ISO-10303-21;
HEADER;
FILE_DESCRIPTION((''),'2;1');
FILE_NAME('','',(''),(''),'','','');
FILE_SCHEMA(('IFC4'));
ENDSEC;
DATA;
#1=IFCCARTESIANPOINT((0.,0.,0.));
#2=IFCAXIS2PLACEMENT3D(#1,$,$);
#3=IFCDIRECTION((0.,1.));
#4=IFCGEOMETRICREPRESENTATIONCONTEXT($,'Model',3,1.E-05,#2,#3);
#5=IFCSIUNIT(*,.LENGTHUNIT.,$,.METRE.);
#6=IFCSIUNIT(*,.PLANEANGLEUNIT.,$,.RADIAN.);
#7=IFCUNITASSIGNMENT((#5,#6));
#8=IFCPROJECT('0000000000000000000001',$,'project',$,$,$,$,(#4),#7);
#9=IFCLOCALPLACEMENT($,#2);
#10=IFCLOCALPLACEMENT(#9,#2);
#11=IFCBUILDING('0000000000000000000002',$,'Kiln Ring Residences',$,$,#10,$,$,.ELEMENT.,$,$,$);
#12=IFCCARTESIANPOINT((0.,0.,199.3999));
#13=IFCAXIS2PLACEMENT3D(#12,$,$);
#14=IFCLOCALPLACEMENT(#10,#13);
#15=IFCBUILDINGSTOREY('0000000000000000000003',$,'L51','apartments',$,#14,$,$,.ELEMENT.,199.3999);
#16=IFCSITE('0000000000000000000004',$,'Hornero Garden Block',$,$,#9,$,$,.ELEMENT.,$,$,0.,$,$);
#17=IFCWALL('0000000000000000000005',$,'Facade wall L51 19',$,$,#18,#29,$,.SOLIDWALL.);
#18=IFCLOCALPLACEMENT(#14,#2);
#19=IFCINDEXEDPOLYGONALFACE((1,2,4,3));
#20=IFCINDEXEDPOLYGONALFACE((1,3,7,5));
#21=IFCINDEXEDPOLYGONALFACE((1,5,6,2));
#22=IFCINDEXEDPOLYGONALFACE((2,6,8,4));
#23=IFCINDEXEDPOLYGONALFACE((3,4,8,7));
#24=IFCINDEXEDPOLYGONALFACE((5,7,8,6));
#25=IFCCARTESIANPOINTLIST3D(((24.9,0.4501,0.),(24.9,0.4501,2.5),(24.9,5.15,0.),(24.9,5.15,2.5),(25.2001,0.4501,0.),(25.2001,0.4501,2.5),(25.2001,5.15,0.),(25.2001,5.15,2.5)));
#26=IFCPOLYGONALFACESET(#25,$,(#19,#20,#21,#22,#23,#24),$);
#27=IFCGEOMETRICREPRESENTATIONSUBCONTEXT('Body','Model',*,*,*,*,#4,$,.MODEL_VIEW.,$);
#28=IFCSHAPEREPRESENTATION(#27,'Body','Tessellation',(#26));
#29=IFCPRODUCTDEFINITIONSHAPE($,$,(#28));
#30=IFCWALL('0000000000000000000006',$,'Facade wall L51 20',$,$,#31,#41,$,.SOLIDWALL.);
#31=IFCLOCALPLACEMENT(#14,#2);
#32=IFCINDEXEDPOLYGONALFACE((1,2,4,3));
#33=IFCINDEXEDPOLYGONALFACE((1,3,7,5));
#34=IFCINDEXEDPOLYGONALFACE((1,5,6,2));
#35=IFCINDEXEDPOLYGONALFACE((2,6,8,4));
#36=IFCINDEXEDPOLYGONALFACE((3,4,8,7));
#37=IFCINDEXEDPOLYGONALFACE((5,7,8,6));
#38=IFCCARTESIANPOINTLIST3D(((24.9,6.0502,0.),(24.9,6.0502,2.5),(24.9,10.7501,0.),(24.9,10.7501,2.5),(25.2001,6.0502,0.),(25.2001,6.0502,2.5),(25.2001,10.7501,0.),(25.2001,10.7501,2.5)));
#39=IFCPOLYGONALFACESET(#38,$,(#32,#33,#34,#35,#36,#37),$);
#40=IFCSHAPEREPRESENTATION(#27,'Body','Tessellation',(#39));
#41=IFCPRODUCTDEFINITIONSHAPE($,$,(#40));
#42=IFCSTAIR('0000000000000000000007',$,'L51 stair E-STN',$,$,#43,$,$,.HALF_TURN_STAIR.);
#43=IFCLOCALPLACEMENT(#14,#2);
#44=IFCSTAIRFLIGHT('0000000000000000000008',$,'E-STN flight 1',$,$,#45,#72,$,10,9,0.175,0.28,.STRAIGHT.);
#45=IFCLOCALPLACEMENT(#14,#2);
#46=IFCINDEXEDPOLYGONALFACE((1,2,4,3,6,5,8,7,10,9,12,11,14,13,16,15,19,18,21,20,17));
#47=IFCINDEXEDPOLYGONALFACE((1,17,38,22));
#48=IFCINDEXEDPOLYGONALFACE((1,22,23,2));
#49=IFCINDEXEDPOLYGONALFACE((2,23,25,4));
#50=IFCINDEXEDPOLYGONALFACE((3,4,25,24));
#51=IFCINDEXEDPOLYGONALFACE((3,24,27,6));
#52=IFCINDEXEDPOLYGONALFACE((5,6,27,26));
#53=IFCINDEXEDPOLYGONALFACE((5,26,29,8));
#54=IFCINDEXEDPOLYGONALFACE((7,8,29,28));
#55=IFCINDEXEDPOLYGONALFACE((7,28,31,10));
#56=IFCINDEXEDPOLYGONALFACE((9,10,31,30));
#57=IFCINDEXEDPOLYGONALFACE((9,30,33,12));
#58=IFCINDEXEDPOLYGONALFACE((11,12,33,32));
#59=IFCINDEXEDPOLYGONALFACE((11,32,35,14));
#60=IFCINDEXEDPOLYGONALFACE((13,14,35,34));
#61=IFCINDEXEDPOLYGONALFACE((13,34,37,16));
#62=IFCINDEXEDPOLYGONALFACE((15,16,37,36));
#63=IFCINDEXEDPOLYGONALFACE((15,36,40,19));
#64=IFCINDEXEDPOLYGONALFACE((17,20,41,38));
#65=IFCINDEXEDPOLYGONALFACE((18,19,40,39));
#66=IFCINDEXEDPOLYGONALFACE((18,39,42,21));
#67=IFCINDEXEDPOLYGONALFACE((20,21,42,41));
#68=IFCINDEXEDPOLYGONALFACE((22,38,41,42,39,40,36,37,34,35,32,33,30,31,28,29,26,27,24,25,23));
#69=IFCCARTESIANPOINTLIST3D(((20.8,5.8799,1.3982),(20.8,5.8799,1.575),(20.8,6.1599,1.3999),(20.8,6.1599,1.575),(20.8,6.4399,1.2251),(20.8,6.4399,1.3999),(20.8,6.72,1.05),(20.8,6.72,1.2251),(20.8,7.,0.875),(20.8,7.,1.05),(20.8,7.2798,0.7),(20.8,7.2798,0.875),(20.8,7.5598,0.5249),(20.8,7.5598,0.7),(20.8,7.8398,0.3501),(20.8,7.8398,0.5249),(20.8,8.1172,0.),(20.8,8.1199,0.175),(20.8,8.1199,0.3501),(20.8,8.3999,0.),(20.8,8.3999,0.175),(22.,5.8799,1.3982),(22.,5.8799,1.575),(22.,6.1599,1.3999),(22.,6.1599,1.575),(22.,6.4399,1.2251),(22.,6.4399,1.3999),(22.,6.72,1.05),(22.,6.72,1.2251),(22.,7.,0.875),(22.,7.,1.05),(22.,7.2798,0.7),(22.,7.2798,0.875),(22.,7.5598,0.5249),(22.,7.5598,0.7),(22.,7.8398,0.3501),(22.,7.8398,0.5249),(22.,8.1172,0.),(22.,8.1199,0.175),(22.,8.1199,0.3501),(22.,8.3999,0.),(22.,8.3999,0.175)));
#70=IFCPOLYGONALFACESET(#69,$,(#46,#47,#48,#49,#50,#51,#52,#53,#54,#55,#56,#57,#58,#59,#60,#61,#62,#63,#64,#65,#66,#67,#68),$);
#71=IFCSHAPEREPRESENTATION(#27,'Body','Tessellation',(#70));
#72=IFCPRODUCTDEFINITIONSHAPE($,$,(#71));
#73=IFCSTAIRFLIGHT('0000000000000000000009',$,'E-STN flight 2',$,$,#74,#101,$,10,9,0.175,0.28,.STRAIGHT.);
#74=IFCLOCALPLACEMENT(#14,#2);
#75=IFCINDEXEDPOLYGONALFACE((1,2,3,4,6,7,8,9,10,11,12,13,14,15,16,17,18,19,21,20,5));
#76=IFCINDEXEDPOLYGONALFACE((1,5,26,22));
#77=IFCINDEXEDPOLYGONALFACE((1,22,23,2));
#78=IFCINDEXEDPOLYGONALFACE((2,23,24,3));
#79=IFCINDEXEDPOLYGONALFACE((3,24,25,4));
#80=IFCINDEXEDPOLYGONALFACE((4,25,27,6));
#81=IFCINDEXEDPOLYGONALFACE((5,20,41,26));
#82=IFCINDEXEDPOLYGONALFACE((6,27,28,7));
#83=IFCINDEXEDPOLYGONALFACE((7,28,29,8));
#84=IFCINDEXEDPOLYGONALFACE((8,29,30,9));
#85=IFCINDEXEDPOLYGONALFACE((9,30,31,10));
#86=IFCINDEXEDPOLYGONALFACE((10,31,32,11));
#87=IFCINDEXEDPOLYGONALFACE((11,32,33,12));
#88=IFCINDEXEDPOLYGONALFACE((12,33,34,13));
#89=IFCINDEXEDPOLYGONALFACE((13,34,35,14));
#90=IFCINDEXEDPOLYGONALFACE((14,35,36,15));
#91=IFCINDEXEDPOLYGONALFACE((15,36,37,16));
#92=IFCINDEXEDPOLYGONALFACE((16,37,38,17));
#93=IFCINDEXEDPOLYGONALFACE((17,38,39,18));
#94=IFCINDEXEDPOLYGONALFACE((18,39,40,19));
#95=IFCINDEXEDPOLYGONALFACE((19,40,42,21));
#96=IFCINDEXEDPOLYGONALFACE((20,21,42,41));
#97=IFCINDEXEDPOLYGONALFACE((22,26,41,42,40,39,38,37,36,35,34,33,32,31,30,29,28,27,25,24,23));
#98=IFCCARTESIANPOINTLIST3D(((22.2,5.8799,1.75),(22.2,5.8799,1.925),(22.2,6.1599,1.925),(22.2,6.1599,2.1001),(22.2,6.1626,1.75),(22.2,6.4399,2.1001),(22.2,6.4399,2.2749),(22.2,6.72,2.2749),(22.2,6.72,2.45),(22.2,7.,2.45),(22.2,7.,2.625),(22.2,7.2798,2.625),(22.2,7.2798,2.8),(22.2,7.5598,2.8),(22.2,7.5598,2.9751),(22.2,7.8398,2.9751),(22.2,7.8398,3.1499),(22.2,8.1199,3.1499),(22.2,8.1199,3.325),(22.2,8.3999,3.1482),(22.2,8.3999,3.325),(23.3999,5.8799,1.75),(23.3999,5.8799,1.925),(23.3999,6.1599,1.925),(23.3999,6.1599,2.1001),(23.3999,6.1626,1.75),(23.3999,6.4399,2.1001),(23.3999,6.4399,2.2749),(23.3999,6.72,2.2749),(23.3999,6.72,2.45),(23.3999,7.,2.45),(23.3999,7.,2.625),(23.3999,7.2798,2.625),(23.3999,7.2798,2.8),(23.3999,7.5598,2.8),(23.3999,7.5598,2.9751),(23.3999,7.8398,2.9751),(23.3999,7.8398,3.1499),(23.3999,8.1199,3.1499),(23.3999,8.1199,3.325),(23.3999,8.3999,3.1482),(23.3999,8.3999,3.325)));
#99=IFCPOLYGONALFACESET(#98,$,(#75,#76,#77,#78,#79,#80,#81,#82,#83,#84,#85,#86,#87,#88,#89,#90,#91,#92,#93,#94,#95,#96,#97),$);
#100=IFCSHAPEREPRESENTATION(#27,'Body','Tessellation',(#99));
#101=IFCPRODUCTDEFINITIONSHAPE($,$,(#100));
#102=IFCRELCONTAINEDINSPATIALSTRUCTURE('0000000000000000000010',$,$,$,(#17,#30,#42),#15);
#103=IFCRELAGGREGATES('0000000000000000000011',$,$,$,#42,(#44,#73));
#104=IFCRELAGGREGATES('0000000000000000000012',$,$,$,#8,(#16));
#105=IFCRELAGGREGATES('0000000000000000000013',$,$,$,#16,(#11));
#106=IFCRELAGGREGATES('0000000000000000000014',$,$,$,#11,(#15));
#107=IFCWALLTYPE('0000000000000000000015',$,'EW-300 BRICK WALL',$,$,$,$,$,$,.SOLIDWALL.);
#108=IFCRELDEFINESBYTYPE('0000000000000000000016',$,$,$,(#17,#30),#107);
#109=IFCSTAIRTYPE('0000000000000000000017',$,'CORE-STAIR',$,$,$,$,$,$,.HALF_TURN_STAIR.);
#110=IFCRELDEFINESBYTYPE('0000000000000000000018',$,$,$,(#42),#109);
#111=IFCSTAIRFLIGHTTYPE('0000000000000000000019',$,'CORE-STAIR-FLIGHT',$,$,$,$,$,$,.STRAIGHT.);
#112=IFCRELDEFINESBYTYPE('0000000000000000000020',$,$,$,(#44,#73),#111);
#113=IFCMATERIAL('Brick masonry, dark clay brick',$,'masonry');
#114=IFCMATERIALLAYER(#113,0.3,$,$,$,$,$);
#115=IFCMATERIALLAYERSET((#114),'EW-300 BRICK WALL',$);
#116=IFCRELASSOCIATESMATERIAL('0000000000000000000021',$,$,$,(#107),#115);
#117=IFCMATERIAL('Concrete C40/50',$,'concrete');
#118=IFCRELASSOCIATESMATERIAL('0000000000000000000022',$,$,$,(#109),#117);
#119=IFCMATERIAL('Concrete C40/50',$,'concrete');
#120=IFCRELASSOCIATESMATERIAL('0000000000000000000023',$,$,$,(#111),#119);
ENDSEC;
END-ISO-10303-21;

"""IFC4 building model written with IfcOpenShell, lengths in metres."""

from ifc_helpers import new_model, si_unit, direction, frame, frame_2d, origin, place, context, subcontext, project, spatial, polyline, rectangle, outline, extrude, material, layer, layer_set, type_object, element, aggregate, save


model = new_model("IFC4")

# Units and contexts
model_context = context("Model", 3, precision=1e-05, world=origin(), true_north=direction((0.0, 1.0)))
body_context = subcontext(model_context, "Body", "Model", "MODEL_VIEW")
ifc_project = project(units=[si_unit("LENGTHUNIT", "METRE"), si_unit("PLANEANGLEUNIT", "RADIAN")], contexts=[model_context])

# Site, building, storey
site_placement = place(None, origin())
site = spatial("IfcSite", under=ifc_project, at=site_placement, Name="Hornero Garden Block", CompositionType="ELEMENT", RefElevation=0.0)
building_placement = place(site_placement, origin())
building = spatial("IfcBuilding", under=site, at=building_placement, Name="Kiln Ring Residences", CompositionType="ELEMENT")
storey_placement = place(building_placement, frame((0.0, 0.0, 199.3999)))
storey = spatial("IfcBuildingStorey", under=building, at=storey_placement, Name="L51", Description="apartments", CompositionType="ELEMENT", Elevation=199.3999)

# Walls
ifc_material_1 = material(Name="Brick masonry, dark clay brick", Category="masonry")
ifc_layer_1 = layer(ifc_material_1, 0.3)
ifc_layer_set_1 = layer_set([ifc_layer_1], Name="EW-300 BRICK WALL")
wall_type_1 = type_object("IfcWallType", Name="EW-300 BRICK WALL", PredefinedType="SOLIDWALL", material=ifc_layer_set_1)
for number, where, z_axis, x_axis, name in (
    (1, (25.05, 0.45, 0.0), (0.0, 0.0, 1.0), (0.0, 1.0, 0.0), "Facade wall L51 19"),
    (2, (25.05, 6.05, 0.0), (0.0, 0.0, 1.0), (0.0, 1.0, 0.0), "Facade wall L51 20"),
):
    element("IfcWall", number, at=place(storey_placement, frame(where, z_axis=z_axis, x_axis=x_axis)), inside=storey, type_object=wall_type_1, Name=name, PredefinedType="SOLIDWALL", context=body_context, shape_type="SweptSolid", body=[
        extrude(rectangle(XDim=4.7, YDim=0.3, at=frame_2d((2.3501, 0.0))), origin(), (0.0, 0.0, 1.0), 2.5),
    ])

# Stair, stair flights
ifc_material_2 = material(Name="Concrete C40/50", Category="concrete")
stair_type = type_object("IfcStairType", Name="CORE-STAIR", PredefinedType="HALF_TURN_STAIR", material=ifc_material_2)
stair_placement = place(storey_placement, origin())
stair = element("IfcStair", 3, at=stair_placement, inside=storey, type_object=stair_type, Name="L51 stair E-STN", PredefinedType="HALF_TURN_STAIR")
ifc_material_3 = material(Name="Concrete C40/50", Category="concrete")
stair_flight_type = type_object("IfcStairFlightType", Name="CORE-STAIR-FLIGHT", PredefinedType="STRAIGHT", material=ifc_material_3)
stair_flight_1_placement = place(storey_placement, frame((21.3999, 8.3999, 0.0), z_axis=(0.0, 0.0, 1.0), x_axis=(0.0, -1.0, 0.0)))
stair_flight_1 = element("IfcStairFlight", 4, at=stair_flight_1_placement, type_object=stair_flight_type, Name="E-STN flight 1", NumberOfRisers=10, NumberOfTreads=9, PredefinedType="STRAIGHT", RiserHeight=0.175, TreadLength=0.28, context=body_context, shape_type="SweptSolid", body=[
    extrude(outline(polyline([(0.0, 0.0), (0.0, 0.175), (0.28, 0.175), (0.28, 0.3501), (0.5601, 0.3501), (0.5601, 0.5249), (0.8401, 0.5249), (0.8401, 0.7), (1.1201, 0.7), (1.1201, 0.875), (1.3999, 0.875), (1.3999, 1.05), (1.6799, 1.05), (1.6799, 1.2251), (1.96, 1.2251), (1.96, 1.3999), (2.24, 1.3999), (2.24, 1.575), (2.52, 1.575), (2.52, 1.75), (2.52, 1.3982), (0.2827, 0.0), (0.0, 0.0)])), frame((0.0, 0.6001, 0.0), z_axis=(0.0, -1.0, 0.0), x_axis=(1.0, 0.0, 0.0)), (0.0, 0.0, 1.0), 1.2),
])
stair_flight_2_placement = place(storey_placement, frame((22.8, 5.8799, 1.75), z_axis=(0.0, 0.0, 1.0), x_axis=(0.0, 1.0, 0.0)))
stair_flight_2 = element("IfcStairFlight", 5, at=stair_flight_2_placement, type_object=stair_flight_type, Name="E-STN flight 2", NumberOfRisers=10, NumberOfTreads=9, PredefinedType="STRAIGHT", RiserHeight=0.175, TreadLength=0.28, context=body_context, shape_type="SweptSolid", body=[
    extrude(outline(polyline([(0.0, 0.0), (0.0, 0.175), (0.28, 0.175), (0.28, 0.3501), (0.5601, 0.3501), (0.5601, 0.5249), (0.8401, 0.5249), (0.8401, 0.7), (1.1201, 0.7), (1.1201, 0.875), (1.3999, 0.875), (1.3999, 1.05), (1.6799, 1.05), (1.6799, 1.2251), (1.96, 1.2251), (1.96, 1.3999), (2.24, 1.3999), (2.24, 1.575), (2.52, 1.575), (2.52, 1.75), (2.52, 1.3982), (0.2827, 0.0), (0.0, 0.0)])), frame((0.0, 0.6001, 0.0), z_axis=(0.0, -1.0, 0.0), x_axis=(1.0, 0.0, 0.0)), (0.0, 0.0, 1.0), 1.2),
])
aggregate(stair, [stair_flight_1, stair_flight_2])

save(model, "model.ifc")
